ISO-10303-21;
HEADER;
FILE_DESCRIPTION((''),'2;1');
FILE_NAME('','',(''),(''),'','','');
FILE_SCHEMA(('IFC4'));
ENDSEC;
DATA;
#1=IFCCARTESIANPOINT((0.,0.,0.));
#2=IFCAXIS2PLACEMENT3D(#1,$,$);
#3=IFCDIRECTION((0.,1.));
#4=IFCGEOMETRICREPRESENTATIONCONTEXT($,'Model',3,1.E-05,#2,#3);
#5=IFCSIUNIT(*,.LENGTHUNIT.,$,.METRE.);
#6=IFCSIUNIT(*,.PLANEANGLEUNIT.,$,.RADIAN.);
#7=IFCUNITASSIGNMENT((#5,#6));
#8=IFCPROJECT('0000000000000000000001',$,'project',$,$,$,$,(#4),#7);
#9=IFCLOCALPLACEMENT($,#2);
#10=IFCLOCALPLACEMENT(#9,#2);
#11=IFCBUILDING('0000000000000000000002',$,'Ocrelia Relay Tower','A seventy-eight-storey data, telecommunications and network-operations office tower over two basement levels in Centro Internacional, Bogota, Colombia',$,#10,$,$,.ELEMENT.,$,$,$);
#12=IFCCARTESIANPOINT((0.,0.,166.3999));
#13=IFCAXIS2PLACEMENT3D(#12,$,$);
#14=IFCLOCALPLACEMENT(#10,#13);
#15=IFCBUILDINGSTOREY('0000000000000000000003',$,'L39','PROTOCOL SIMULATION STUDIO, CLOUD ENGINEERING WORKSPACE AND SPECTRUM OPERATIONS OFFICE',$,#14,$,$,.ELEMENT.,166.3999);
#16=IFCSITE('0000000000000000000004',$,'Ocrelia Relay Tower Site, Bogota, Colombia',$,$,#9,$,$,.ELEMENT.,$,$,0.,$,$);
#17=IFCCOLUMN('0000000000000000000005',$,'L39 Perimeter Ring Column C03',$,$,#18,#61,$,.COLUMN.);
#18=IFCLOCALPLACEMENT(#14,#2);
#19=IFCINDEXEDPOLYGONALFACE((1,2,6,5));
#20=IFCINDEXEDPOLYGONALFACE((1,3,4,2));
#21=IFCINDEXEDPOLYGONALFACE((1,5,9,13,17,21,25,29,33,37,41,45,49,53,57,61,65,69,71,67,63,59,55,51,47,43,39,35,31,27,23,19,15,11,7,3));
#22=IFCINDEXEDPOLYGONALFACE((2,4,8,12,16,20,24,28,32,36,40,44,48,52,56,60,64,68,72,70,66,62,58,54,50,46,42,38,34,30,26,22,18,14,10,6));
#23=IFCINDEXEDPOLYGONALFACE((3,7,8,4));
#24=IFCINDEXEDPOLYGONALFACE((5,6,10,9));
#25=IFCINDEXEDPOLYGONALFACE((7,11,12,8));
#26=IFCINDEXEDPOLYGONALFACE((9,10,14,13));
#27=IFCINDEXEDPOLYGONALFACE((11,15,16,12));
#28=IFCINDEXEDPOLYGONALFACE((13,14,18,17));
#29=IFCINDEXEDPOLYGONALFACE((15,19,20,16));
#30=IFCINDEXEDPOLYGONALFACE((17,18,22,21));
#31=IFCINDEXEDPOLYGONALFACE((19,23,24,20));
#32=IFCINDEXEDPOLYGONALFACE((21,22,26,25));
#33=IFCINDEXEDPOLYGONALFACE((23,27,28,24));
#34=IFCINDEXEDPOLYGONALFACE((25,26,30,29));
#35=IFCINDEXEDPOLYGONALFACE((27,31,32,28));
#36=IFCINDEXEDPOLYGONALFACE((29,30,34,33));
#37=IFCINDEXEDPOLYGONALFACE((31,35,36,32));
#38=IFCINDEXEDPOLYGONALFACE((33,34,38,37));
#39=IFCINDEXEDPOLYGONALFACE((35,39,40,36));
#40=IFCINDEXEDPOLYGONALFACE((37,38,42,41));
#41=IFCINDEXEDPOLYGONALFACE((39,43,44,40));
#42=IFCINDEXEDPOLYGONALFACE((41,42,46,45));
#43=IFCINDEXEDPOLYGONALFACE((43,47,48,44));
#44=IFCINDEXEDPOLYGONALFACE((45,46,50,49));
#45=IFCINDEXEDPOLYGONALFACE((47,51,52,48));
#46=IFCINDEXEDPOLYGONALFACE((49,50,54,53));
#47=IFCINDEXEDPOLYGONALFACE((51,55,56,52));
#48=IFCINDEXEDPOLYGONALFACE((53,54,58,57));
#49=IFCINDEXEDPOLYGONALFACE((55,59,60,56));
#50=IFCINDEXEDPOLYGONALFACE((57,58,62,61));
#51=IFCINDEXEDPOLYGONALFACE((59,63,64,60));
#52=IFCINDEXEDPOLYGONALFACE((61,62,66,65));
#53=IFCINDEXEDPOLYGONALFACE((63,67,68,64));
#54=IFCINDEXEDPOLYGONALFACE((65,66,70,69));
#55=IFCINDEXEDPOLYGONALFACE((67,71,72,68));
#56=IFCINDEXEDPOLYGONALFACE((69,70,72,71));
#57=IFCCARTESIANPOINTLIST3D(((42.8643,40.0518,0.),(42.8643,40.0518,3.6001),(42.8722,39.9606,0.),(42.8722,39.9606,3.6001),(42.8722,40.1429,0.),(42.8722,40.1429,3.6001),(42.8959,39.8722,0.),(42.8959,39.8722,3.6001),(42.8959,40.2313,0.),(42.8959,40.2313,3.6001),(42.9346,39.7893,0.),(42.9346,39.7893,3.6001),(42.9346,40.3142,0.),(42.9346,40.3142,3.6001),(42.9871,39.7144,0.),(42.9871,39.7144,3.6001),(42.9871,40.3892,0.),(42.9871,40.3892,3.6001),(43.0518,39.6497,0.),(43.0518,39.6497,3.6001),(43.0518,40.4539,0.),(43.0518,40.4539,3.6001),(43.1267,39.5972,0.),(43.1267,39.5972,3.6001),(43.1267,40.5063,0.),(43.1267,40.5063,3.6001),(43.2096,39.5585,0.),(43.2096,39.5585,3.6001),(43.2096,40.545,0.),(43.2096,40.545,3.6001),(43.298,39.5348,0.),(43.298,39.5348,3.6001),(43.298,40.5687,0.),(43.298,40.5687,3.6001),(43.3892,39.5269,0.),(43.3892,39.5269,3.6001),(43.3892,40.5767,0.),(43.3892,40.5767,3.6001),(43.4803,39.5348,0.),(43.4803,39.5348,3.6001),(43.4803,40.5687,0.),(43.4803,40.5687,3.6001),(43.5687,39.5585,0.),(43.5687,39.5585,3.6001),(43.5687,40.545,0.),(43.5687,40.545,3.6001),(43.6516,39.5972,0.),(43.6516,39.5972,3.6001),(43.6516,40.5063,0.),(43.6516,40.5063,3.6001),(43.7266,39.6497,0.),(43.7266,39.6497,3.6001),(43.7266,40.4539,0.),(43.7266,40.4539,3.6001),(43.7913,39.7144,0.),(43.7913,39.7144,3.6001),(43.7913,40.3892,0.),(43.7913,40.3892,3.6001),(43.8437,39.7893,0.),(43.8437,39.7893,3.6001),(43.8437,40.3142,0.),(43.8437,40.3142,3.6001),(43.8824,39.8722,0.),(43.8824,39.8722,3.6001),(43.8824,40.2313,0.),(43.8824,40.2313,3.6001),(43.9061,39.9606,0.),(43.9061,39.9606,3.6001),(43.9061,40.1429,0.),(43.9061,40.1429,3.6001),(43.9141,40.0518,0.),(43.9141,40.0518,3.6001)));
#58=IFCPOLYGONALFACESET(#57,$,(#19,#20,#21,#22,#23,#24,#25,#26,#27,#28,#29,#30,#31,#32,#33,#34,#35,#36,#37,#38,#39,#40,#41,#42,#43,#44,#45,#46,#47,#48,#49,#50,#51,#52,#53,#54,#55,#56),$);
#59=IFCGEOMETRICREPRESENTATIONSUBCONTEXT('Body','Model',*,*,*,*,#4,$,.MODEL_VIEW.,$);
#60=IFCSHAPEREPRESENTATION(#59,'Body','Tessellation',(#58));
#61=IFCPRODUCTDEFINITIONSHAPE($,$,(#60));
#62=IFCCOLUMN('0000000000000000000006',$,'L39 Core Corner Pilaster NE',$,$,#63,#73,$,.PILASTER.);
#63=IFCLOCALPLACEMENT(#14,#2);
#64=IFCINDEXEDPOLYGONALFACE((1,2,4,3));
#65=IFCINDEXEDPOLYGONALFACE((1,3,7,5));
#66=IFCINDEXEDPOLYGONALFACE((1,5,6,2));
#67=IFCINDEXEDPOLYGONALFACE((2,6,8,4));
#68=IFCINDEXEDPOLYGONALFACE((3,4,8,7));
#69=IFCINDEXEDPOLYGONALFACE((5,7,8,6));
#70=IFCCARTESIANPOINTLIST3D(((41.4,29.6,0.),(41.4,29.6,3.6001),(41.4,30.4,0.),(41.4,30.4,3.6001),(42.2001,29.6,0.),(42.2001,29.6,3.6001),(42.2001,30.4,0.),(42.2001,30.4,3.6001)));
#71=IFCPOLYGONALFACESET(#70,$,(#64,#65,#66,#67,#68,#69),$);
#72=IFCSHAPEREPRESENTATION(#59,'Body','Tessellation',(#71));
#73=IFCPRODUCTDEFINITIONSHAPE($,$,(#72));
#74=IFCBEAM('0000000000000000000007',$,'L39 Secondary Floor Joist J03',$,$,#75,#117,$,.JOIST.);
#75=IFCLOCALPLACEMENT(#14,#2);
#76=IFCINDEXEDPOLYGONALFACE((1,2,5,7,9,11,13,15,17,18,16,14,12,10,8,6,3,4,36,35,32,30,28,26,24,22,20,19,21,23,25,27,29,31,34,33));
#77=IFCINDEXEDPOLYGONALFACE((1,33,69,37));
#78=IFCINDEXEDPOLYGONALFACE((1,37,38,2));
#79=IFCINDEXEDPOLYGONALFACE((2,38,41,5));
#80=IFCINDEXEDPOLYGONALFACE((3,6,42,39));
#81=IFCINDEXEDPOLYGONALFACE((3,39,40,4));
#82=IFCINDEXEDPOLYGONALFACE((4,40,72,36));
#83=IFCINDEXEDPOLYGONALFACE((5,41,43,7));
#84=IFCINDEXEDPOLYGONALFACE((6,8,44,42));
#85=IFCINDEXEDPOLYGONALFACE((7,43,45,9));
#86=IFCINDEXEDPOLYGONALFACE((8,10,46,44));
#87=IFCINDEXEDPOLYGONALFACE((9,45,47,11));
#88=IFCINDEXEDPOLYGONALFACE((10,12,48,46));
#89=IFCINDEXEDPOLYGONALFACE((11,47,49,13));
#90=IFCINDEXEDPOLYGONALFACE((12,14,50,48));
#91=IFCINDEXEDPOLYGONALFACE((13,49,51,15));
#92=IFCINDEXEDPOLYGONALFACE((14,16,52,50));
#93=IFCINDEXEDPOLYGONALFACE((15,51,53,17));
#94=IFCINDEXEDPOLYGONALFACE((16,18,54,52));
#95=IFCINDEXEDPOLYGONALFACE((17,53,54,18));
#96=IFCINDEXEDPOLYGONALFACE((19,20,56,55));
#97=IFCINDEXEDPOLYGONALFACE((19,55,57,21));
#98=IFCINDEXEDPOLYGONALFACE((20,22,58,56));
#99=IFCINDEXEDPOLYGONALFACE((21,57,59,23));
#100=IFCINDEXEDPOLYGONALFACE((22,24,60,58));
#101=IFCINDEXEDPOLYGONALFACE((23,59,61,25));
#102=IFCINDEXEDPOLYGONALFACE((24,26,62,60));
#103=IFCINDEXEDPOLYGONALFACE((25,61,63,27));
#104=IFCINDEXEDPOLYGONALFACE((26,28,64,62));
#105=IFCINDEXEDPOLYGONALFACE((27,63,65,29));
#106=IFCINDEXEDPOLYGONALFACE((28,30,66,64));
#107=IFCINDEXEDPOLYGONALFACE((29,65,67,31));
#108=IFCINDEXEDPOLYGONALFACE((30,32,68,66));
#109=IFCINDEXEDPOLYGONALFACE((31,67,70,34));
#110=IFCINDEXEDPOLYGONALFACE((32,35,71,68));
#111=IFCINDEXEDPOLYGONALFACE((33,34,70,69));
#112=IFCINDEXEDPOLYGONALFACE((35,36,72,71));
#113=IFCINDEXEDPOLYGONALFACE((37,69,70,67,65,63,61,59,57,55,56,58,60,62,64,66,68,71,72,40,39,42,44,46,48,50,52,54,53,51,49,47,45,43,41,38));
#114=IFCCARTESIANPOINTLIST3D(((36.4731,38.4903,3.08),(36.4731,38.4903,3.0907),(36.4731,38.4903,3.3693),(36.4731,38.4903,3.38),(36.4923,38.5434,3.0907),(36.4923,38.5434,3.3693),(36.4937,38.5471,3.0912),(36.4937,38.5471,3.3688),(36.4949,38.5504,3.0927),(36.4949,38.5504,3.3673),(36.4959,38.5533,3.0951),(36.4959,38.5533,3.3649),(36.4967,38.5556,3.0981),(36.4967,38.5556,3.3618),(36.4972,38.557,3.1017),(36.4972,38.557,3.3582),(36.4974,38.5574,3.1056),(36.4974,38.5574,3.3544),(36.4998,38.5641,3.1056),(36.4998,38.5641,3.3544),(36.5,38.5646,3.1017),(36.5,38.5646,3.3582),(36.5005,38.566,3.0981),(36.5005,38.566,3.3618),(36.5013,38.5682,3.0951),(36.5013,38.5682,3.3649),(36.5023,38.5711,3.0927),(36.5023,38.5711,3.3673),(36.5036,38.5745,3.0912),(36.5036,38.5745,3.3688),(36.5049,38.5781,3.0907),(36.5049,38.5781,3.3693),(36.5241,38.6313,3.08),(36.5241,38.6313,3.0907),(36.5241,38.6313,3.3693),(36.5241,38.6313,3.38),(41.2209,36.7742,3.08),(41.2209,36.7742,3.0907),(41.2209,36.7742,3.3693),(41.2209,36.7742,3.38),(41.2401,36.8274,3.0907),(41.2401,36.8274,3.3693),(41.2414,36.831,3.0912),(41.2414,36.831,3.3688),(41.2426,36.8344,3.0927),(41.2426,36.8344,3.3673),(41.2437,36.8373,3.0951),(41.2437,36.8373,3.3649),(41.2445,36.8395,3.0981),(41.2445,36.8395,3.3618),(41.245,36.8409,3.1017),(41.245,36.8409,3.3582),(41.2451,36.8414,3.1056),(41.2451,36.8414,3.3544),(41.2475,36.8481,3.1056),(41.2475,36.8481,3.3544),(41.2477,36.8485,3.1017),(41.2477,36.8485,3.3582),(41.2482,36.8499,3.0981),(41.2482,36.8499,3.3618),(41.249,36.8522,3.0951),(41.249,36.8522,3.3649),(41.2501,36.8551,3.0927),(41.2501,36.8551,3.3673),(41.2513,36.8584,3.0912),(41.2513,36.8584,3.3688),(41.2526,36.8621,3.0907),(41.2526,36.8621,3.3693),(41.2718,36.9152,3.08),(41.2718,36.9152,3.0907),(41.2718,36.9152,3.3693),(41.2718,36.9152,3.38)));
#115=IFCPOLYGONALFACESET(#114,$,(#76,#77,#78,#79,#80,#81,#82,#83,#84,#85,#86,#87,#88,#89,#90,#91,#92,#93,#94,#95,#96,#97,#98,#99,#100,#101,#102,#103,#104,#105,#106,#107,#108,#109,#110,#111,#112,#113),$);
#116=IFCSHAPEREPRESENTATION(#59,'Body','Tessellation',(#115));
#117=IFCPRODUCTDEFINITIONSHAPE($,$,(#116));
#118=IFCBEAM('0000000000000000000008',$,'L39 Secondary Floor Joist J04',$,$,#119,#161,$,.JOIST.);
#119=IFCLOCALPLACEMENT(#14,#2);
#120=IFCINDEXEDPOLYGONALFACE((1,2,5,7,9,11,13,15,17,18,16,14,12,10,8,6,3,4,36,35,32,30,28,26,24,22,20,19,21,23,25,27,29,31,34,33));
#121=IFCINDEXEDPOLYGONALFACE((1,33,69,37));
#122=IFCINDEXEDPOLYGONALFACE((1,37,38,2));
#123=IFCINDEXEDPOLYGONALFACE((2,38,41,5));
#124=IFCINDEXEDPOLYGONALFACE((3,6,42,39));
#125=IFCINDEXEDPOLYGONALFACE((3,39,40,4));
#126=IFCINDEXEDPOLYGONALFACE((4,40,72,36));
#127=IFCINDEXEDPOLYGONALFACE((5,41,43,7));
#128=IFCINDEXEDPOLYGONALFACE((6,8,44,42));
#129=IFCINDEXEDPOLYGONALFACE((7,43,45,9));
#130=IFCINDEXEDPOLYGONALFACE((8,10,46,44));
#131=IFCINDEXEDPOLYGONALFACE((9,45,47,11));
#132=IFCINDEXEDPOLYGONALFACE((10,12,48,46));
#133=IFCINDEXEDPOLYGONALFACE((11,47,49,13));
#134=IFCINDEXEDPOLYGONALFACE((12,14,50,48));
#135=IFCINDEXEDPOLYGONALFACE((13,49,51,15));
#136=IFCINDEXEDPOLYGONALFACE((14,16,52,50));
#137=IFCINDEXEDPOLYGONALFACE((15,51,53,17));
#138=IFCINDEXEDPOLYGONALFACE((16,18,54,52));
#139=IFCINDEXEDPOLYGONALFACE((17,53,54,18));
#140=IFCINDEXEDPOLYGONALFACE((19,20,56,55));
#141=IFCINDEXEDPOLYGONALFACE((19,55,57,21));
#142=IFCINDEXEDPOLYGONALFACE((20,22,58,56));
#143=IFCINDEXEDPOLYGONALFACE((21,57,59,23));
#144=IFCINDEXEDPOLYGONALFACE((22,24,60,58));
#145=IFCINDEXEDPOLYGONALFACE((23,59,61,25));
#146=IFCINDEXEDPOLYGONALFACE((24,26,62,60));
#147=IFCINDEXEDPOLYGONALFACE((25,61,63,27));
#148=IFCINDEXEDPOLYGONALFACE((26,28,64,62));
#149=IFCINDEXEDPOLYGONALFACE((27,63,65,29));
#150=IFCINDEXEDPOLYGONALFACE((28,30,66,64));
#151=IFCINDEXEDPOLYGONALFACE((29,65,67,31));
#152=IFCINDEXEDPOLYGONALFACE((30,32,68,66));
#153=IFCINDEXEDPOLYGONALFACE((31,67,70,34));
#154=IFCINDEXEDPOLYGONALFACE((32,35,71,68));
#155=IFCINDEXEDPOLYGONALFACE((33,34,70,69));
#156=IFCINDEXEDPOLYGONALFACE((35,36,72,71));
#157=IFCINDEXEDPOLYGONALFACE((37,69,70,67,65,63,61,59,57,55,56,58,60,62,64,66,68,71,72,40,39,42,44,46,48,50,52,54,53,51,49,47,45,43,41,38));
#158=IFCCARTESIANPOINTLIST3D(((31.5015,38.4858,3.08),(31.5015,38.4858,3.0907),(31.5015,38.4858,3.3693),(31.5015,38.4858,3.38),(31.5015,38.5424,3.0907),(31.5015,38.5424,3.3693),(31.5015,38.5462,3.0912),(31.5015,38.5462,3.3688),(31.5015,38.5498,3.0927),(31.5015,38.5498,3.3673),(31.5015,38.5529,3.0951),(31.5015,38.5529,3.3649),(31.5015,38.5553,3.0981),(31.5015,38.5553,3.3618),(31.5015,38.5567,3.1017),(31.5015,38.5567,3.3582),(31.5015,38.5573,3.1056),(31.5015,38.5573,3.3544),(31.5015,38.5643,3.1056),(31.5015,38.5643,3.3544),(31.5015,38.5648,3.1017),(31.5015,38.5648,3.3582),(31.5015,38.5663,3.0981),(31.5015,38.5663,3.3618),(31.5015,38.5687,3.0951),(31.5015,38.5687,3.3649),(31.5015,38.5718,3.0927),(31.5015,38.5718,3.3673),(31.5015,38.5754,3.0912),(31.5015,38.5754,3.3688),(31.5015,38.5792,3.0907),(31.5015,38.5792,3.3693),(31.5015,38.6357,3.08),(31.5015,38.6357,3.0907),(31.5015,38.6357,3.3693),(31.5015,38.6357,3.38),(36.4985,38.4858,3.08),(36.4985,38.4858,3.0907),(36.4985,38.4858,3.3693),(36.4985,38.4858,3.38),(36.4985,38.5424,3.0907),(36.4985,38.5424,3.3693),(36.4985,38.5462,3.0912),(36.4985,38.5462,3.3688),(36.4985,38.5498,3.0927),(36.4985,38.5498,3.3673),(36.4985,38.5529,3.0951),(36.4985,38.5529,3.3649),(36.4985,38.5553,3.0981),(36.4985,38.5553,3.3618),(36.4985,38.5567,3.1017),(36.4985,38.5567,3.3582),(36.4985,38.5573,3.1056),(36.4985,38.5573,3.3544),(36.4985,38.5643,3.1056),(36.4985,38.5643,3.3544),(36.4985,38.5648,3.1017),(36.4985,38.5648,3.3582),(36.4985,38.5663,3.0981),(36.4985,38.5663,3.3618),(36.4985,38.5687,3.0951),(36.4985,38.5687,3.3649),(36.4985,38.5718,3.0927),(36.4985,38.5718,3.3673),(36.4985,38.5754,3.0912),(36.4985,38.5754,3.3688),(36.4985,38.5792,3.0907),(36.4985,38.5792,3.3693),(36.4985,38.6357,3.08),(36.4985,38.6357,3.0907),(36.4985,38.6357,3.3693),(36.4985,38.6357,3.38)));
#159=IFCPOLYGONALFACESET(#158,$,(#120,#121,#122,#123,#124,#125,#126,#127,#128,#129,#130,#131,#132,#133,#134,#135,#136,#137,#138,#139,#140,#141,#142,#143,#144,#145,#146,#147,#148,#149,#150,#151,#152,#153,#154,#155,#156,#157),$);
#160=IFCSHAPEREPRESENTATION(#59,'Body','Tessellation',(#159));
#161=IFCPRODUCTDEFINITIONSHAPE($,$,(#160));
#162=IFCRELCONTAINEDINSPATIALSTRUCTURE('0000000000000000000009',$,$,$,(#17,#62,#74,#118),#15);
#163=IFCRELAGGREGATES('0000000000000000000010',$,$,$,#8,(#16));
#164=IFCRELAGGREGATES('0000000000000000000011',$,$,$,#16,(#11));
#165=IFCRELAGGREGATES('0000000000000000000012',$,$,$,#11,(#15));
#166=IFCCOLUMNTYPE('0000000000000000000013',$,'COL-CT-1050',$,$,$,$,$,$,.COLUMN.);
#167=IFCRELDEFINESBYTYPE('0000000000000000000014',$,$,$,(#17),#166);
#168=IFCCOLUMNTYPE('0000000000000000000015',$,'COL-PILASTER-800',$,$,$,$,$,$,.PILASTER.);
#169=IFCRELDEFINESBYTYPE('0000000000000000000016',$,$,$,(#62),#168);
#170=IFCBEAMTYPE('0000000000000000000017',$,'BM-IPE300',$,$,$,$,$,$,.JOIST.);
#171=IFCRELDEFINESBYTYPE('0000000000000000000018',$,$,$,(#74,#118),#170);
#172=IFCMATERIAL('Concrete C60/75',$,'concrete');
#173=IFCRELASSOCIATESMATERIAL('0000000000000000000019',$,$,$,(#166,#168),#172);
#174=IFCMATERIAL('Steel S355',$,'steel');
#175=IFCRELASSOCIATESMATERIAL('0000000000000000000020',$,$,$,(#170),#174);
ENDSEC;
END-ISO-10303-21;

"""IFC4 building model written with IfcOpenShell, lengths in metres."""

from ifc_helpers import new_model, si_unit, direction, frame, origin, origin_2d, place, context, subcontext, project, spatial, rectangle, circle, i_section, extrude, material, material_profile, profile_set, type_object, element, save


model = new_model("IFC4")

# Units and contexts
model_context = context("Model", 3, precision=1e-05, world=origin(), true_north=direction((0.0, 1.0)))
body_context = subcontext(model_context, "Body", "Model", "MODEL_VIEW")
ifc_project = project(units=[si_unit("LENGTHUNIT", "METRE"), si_unit("PLANEANGLEUNIT", "RADIAN")], contexts=[model_context])

# Site, building, storey
site_placement = place(None, origin())
site = spatial("IfcSite", under=ifc_project, at=site_placement, Name="Ocrelia Relay Tower Site, Bogota, Colombia", CompositionType="ELEMENT", RefElevation=0.0)
building_placement = place(site_placement, origin())
building = spatial("IfcBuilding", under=site, at=building_placement, Name="Ocrelia Relay Tower", Description="A seventy-eight-storey data, telecommunications and network-operations office tower over two basement levels in Centro Internacional, Bogota, Colombia", CompositionType="ELEMENT")
storey_placement = place(building_placement, frame((0.0, 0.0, 166.3999)))
storey = spatial("IfcBuildingStorey", under=building, at=storey_placement, Name="L39", Description="PROTOCOL SIMULATION STUDIO, CLOUD ENGINEERING WORKSPACE AND SPECTRUM OPERATIONS OFFICE", CompositionType="ELEMENT", Elevation=166.3999)

# Columns
ifc_material_1 = material(Name="Concrete C60/75", Category="concrete")
ifc_material_profile_1 = material_profile(ifc_material_1, circle(Radius=0.5249, at=origin_2d()), Name="RC-CIR-1050")
ifc_profile_set_1 = profile_set([ifc_material_profile_1], Name="Concrete C60/75")
column_type_1 = type_object("IfcColumnType", Name="COL-CT-1050", PredefinedType="COLUMN", material=ifc_profile_set_1)
column_1_placement = place(storey_placement, frame((43.3892, 40.0518, 0.0), z_axis=(0.0, 0.0, 1.0), x_axis=(1.0, 0.0, 0.0)))
element("IfcColumn", 1, at=column_1_placement, inside=storey, type_object=column_type_1, Name="L39 Perimeter Ring Column C03", PredefinedType="COLUMN", context=body_context, shape_type="SweptSolid", body=[
    extrude(circle(Radius=0.5249, at=origin_2d()), origin(), (0.0, 0.0, 1.0), 3.6001),
])
ifc_material_profile_2 = material_profile(ifc_material_1, rectangle(XDim=0.8, YDim=0.8, at=origin_2d()), Name="RC-COL-800x800")
ifc_profile_set_2 = profile_set([ifc_material_profile_2], Name="Concrete C60/75")
column_type_2 = type_object("IfcColumnType", Name="COL-PILASTER-800", PredefinedType="PILASTER", material=ifc_profile_set_2)
column_2_placement = place(storey_placement, frame((41.8, 30.0, 0.0), z_axis=(0.0, 0.0, 1.0), x_axis=(1.0, 0.0, 0.0)))
element("IfcColumn", 2, at=column_2_placement, inside=storey, type_object=column_type_2, Name="L39 Core Corner Pilaster NE", PredefinedType="PILASTER", context=body_context, shape_type="SweptSolid", body=[
    extrude(rectangle(XDim=0.8, YDim=0.8, at=origin_2d()), origin(), (0.0, 0.0, 1.0), 3.6001),
])

# Beams
ifc_material_2 = material(Name="Steel S355", Category="steel")
ifc_material_profile_3 = material_profile(ifc_material_2, i_section(OverallWidth=0.1499, OverallDepth=0.3, WebThickness=0.0071, FlangeThickness=0.0107, FilletRadius=0.0149, at=origin_2d()), Name="IPE 300")
ifc_profile_set_3 = profile_set([ifc_material_profile_3], Name="Steel S355")
beam_type = type_object("IfcBeamType", Name="BM-IPE300", PredefinedType="JOIST", material=ifc_profile_set_3)
beam_1_placement = place(storey_placement, frame((41.2463, 36.8447, 3.23), z_axis=(-0.940454, 0.339921, 0.0), x_axis=(-0.339921, -0.940454, 0.0)))
element("IfcBeam", 3, at=beam_1_placement, inside=storey, type_object=beam_type, Name="L39 Secondary Floor Joist J03", PredefinedType="JOIST", context=body_context, shape_type="SweptSolid", body=[
    extrude(i_section(OverallWidth=0.1499, OverallDepth=0.3, WebThickness=0.0071, FlangeThickness=0.0107, FilletRadius=0.0149, at=origin_2d()), origin(), (0.0, 0.0, 1.0), 5.0483),
])
beam_2_placement = place(storey_placement, frame((36.4985, 38.5608, 3.23), z_axis=(-1.0, 0.0, 0.0), x_axis=(0.0, -1.0, 0.0)))
element("IfcBeam", 4, at=beam_2_placement, inside=storey, type_object=beam_type, Name="L39 Secondary Floor Joist J04", PredefinedType="JOIST", context=body_context, shape_type="SweptSolid", body=[
    extrude(i_section(OverallWidth=0.1499, OverallDepth=0.3, WebThickness=0.0071, FlangeThickness=0.0107, FilletRadius=0.0149, at=origin_2d()), origin(), (0.0, 0.0, 1.0), 4.9971),
])

save(model, "model.ifc")
